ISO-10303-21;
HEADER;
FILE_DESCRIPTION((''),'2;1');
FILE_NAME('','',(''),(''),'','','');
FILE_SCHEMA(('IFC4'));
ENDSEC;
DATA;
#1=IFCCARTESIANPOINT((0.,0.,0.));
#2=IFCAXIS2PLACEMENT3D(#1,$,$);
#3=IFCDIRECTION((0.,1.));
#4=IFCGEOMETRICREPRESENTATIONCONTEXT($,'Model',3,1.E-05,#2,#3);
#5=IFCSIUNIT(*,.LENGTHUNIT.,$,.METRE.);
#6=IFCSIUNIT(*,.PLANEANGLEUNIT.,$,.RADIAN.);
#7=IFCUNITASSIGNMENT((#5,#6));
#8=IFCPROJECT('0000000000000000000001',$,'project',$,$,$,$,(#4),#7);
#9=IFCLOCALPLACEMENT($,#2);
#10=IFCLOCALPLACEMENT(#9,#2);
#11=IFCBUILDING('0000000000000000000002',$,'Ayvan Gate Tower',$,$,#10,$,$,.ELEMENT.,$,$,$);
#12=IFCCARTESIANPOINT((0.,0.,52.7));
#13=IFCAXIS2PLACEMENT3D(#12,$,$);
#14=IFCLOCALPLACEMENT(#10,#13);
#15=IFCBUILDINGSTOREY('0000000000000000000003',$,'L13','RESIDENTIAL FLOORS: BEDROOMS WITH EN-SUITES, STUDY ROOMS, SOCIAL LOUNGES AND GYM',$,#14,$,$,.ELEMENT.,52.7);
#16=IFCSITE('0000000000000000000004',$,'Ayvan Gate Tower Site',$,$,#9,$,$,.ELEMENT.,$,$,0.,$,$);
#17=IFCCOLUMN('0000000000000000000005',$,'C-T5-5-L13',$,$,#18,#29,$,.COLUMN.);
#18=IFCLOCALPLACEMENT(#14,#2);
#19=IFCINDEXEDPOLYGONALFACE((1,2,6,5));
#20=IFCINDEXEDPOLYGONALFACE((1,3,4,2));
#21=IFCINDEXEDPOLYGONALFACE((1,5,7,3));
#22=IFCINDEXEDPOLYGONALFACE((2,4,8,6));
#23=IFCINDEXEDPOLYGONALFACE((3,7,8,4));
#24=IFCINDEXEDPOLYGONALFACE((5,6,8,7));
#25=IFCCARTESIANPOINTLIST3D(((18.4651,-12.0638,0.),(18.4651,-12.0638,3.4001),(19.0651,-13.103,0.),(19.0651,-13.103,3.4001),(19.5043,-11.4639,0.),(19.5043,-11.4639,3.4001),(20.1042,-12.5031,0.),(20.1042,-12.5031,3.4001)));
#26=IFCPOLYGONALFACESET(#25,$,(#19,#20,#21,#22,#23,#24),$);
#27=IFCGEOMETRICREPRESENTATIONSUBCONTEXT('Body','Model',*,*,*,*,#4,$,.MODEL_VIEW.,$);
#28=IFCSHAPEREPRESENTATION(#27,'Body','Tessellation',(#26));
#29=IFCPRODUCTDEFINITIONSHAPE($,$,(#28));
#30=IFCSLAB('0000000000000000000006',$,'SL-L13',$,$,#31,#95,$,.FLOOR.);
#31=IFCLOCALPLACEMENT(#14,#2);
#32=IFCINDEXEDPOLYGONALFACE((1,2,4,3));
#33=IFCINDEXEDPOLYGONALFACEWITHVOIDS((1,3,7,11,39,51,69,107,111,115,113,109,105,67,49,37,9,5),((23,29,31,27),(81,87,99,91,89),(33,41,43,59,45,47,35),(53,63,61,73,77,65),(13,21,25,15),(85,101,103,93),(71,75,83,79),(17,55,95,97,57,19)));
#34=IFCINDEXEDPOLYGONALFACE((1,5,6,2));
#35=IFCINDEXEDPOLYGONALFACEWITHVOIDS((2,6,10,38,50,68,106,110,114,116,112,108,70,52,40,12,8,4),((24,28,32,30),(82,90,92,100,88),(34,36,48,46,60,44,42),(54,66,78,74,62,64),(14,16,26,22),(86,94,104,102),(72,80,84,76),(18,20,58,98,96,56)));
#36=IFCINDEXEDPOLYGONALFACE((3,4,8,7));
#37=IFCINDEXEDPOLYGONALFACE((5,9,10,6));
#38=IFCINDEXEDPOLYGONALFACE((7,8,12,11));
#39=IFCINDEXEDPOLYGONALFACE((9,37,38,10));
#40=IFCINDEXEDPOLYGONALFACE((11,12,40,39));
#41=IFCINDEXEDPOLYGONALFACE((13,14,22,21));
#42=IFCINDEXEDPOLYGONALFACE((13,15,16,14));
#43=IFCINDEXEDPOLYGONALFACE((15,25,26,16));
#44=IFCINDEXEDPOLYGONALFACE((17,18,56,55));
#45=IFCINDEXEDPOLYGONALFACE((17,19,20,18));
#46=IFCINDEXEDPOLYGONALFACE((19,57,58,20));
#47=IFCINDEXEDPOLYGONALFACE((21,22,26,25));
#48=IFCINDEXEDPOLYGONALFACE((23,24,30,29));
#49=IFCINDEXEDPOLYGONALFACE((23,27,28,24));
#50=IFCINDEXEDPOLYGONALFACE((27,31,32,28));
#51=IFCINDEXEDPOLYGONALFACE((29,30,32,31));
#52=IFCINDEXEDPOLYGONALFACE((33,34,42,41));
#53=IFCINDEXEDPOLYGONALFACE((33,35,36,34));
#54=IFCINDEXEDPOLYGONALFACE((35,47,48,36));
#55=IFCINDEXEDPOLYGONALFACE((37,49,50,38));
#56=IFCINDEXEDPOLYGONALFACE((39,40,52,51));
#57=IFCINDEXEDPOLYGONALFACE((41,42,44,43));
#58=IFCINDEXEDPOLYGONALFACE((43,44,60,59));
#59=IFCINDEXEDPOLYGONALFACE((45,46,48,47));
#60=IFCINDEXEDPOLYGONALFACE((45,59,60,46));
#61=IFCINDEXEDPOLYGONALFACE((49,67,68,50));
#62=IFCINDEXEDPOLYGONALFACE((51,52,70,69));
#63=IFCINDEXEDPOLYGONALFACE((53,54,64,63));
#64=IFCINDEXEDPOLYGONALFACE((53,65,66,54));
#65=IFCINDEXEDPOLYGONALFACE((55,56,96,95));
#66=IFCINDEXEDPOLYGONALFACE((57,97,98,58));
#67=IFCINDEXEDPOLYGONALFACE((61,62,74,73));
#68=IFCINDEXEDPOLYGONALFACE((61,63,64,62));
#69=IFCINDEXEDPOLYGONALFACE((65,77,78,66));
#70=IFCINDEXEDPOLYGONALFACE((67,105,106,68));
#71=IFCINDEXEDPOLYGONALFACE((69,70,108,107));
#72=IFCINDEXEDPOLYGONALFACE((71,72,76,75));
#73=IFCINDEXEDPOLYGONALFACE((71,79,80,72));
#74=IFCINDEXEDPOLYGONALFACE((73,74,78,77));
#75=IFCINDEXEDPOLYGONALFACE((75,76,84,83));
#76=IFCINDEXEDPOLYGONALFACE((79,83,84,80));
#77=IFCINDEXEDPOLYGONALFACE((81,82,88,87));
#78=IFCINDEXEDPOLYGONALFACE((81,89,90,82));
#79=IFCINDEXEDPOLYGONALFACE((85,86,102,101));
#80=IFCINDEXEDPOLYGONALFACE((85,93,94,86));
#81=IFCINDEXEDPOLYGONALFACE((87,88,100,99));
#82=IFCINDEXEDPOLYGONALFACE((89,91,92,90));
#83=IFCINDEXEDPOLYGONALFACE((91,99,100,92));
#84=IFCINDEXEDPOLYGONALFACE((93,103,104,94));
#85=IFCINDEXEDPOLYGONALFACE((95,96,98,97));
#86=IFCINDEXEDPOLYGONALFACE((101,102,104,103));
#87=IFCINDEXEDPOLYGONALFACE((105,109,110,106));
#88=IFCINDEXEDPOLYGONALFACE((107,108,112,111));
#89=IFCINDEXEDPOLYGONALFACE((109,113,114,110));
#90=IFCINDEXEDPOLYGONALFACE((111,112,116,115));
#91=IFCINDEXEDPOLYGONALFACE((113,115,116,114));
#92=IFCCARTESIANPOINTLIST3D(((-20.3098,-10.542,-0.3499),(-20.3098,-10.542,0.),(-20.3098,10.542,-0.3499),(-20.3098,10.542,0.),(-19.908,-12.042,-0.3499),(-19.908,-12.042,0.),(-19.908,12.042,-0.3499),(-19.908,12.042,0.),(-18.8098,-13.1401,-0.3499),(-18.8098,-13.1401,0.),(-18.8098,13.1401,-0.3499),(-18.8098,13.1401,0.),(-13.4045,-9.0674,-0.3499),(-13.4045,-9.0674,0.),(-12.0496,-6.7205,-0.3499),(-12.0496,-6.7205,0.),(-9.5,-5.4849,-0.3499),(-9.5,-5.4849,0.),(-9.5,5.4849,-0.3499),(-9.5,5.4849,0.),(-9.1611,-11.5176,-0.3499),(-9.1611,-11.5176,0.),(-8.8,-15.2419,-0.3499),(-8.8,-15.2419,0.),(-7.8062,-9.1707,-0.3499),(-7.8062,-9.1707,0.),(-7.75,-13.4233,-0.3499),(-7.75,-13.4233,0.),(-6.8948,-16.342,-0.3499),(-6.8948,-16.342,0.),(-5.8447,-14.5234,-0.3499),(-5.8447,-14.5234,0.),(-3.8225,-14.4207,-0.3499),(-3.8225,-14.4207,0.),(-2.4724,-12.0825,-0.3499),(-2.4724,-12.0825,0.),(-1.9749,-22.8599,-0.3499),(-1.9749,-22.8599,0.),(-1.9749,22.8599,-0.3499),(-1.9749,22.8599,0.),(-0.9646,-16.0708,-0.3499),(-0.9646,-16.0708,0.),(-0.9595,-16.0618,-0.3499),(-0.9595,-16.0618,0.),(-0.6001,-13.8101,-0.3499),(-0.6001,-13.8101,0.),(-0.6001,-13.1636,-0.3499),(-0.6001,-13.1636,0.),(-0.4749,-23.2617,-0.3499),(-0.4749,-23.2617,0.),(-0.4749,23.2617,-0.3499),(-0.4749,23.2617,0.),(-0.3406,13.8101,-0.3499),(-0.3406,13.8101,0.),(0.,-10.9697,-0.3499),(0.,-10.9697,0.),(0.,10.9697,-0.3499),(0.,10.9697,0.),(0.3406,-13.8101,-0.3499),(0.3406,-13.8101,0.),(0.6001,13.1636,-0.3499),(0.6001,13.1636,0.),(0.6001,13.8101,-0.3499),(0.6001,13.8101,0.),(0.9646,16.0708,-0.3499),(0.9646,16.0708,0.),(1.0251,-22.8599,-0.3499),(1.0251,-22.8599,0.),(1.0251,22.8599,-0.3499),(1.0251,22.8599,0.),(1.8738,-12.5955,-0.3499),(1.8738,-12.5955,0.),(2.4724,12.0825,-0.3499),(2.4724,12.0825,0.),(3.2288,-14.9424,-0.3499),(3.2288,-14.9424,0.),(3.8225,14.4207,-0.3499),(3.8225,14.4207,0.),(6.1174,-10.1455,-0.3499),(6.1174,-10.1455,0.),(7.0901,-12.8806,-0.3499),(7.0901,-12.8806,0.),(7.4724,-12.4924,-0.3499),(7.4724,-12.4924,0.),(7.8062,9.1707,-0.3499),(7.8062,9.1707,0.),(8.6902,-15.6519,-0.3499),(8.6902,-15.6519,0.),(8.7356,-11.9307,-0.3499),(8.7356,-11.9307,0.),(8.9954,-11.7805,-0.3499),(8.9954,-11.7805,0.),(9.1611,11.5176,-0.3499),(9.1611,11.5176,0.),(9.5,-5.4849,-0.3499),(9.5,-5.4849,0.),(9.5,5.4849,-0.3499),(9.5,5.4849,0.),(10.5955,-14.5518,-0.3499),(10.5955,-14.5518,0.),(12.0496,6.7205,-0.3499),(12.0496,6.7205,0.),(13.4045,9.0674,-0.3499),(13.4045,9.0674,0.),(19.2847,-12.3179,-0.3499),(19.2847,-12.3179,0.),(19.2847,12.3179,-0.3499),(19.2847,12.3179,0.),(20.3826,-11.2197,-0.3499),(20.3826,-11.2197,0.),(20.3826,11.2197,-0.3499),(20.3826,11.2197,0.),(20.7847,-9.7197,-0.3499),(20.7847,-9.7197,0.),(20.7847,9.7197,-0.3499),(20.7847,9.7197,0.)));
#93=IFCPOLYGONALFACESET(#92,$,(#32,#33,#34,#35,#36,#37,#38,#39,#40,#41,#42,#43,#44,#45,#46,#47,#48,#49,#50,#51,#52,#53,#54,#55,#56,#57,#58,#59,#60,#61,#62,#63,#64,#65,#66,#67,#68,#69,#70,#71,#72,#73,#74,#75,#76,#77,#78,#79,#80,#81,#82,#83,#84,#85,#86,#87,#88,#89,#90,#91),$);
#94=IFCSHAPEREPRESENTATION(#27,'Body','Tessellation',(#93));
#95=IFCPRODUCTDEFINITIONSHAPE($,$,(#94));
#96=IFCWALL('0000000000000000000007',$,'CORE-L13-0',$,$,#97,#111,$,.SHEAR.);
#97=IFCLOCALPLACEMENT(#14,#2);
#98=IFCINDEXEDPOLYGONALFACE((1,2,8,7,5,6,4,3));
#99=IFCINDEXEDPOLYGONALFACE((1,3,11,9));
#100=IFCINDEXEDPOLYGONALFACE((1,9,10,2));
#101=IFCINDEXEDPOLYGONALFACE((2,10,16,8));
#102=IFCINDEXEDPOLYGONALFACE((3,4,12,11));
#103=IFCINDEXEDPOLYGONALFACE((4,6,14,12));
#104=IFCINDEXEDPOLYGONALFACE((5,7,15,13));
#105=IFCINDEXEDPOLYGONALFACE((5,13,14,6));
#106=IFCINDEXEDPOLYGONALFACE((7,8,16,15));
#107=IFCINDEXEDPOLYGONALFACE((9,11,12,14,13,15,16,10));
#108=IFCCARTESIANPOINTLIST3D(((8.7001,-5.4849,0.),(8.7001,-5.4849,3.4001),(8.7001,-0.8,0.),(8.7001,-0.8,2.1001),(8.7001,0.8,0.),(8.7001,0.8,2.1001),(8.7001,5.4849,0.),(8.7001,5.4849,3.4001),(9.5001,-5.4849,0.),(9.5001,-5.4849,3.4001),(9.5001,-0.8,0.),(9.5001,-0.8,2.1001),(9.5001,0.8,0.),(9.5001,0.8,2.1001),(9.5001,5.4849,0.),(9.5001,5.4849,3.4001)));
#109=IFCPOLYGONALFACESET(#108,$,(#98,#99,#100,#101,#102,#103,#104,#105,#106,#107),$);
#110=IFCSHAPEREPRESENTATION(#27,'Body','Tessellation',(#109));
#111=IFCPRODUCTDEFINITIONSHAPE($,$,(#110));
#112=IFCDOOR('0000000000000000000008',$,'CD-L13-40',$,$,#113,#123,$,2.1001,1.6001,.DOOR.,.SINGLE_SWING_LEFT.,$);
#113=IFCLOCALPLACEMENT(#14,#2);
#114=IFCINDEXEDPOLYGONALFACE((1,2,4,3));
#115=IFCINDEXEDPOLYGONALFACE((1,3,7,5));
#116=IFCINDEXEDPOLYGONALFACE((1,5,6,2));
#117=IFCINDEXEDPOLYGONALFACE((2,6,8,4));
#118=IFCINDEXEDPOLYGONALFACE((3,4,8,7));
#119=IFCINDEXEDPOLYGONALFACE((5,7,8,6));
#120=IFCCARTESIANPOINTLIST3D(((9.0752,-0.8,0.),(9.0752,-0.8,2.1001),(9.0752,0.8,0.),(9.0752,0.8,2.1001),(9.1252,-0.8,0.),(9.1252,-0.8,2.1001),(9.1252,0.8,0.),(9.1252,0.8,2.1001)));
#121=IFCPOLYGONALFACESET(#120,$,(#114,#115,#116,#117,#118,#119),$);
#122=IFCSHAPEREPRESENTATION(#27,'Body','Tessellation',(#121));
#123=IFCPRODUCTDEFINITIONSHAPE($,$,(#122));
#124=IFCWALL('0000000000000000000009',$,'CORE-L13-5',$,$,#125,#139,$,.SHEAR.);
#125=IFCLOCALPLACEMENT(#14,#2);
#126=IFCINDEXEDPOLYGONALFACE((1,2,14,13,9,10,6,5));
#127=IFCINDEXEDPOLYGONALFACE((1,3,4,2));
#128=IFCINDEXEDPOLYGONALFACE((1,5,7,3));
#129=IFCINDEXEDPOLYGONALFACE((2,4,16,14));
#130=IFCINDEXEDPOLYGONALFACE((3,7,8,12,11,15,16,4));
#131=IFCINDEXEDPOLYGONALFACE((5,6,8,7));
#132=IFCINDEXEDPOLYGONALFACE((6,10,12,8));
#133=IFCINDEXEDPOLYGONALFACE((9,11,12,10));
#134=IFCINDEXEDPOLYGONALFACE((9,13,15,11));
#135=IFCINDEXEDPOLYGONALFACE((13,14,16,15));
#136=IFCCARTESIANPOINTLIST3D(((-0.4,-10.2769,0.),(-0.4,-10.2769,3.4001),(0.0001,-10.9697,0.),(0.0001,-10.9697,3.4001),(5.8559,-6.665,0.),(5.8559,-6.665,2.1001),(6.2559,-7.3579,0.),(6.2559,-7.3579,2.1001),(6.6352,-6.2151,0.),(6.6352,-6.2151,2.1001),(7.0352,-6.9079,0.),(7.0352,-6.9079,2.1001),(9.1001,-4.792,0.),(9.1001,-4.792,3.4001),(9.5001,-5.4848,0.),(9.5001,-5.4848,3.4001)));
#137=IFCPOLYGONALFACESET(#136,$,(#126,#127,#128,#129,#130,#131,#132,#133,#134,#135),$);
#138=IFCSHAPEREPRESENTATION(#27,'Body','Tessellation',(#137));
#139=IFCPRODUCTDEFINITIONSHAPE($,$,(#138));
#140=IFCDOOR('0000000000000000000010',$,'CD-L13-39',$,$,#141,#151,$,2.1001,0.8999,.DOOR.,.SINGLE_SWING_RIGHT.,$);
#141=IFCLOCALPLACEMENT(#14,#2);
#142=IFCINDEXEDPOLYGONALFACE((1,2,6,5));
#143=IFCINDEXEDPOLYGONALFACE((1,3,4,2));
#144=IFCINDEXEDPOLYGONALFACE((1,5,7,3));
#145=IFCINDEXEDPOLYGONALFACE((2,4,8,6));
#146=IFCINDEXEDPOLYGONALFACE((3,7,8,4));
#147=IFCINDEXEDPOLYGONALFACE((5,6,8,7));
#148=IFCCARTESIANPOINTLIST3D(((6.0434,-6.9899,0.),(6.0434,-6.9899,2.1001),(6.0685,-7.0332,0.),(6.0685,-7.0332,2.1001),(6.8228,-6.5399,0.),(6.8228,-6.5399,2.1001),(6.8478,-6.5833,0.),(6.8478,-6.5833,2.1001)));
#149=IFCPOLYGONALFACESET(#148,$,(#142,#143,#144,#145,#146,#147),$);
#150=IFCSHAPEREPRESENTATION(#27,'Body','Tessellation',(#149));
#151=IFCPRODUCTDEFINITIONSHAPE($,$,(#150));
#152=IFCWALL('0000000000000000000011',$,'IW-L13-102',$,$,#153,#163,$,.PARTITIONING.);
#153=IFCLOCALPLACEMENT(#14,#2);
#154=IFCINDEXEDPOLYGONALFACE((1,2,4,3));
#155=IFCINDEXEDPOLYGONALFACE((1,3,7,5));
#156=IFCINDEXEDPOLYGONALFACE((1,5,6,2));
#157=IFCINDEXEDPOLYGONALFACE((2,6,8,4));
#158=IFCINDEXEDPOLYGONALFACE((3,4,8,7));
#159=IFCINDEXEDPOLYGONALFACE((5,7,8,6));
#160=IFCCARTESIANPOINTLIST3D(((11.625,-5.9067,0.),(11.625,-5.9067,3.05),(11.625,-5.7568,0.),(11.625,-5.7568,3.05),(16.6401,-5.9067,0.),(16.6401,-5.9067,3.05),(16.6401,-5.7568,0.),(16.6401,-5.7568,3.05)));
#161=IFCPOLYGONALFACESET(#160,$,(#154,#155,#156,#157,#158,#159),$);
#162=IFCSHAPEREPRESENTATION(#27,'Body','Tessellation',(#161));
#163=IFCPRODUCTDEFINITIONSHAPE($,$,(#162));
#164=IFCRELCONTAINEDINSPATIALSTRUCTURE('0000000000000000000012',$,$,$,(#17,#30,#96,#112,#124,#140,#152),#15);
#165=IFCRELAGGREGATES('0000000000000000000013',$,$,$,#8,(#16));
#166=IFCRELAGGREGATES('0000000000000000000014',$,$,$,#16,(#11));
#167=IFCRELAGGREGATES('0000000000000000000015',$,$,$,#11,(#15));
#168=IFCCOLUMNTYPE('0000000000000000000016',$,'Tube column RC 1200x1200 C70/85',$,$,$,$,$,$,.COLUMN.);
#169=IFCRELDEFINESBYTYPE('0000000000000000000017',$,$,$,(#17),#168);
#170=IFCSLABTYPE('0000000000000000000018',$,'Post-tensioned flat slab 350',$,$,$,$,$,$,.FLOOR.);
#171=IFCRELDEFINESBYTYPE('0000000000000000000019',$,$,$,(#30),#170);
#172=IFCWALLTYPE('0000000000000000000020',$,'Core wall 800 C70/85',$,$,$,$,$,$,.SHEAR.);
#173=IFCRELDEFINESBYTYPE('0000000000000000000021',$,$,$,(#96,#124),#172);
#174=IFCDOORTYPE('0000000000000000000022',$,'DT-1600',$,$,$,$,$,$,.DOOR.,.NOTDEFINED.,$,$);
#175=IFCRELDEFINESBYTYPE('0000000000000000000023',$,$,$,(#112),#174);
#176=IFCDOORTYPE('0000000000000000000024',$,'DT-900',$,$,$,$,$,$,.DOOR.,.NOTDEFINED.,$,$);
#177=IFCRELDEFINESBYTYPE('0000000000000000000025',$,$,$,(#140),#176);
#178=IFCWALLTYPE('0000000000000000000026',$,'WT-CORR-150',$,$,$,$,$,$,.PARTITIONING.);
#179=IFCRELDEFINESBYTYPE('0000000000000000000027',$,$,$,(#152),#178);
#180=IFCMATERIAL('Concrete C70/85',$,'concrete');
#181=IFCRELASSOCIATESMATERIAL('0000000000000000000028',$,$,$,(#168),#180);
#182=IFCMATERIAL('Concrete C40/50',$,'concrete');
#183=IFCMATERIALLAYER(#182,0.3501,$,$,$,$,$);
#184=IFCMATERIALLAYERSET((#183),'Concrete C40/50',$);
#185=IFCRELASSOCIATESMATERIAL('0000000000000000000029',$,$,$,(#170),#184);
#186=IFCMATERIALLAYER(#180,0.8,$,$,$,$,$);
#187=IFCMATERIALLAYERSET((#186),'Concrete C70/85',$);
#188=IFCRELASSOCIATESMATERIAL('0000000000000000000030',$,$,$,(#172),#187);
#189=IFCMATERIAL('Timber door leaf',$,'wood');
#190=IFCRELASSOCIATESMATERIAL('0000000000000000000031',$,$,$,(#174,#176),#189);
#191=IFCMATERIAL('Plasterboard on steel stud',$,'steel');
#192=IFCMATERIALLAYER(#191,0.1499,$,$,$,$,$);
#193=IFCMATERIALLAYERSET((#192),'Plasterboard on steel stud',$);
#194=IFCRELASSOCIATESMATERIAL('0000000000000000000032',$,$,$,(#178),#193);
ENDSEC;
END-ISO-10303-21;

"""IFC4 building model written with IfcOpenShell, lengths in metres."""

from ifc_helpers import new_model, si_unit, direction, frame, frame_2d, origin, origin_2d, place, context, subcontext, project, spatial, polyline, rectangle, outline, extrude, material, layer, layer_set, material_profile, profile_set, type_object, element, fill, save


model = new_model("IFC4")

# Units and contexts
model_context = context("Model", 3, precision=1e-05, world=origin(), true_north=direction((0.0, 1.0)))
body_context = subcontext(model_context, "Body", "Model", "MODEL_VIEW")
ifc_project = project(units=[si_unit("LENGTHUNIT", "METRE"), si_unit("PLANEANGLEUNIT", "RADIAN")], contexts=[model_context])

# Site, building, storey
site_placement = place(None, origin())
site = spatial("IfcSite", under=ifc_project, at=site_placement, Name="Ayvan Gate Tower Site", CompositionType="ELEMENT", RefElevation=0.0)
building_placement = place(site_placement, origin())
building = spatial("IfcBuilding", under=site, at=building_placement, Name="Ayvan Gate Tower", CompositionType="ELEMENT")
storey_placement = place(building_placement, frame((0.0, 0.0, 52.7)))
storey = spatial("IfcBuildingStorey", under=building, at=storey_placement, Name="L13", Description="RESIDENTIAL FLOORS: BEDROOMS WITH EN-SUITES, STUDY ROOMS, SOCIAL LOUNGES AND GYM", CompositionType="ELEMENT", Elevation=52.7)

# Column
ifc_material_1 = material(Name="Concrete C70/85", Category="concrete")
ifc_material_profile = material_profile(ifc_material_1, rectangle(XDim=1.2, YDim=1.2, at=origin_2d()), Name="RC 1200x1200")
ifc_profile_set = profile_set([ifc_material_profile], Name="Concrete C70/85")
column_type = type_object("IfcColumnType", Name="Tube column RC 1200x1200 C70/85", PredefinedType="COLUMN", material=ifc_profile_set)
column_placement = place(storey_placement, frame((19.2847, -12.2834, 0.0), z_axis=(0.0, 0.0, 1.0), x_axis=(0.5, -0.866025, 0.0)))
element("IfcColumn", 1, at=column_placement, inside=storey, type_object=column_type, Name="C-T5-5-L13", PredefinedType="COLUMN", context=body_context, shape_type="SweptSolid", body=[
    extrude(rectangle(XDim=1.2, YDim=1.2, at=origin_2d()), origin(), (0.0, 0.0, 1.0), 3.4001),
])

# Slab
ifc_material_2 = material(Name="Concrete C40/50", Category="concrete")
ifc_layer_1 = layer(ifc_material_2, 0.3501)
ifc_layer_set_1 = layer_set([ifc_layer_1], Name="Concrete C40/50")
slab_type = type_object("IfcSlabType", Name="Post-tensioned flat slab 350", PredefinedType="FLOOR", material=ifc_layer_set_1)
slab_placement = place(storey_placement, frame((0.0, 0.0, -0.3499)))
element("IfcSlab", 2, at=slab_placement, inside=storey, type_object=slab_type, Name="SL-L13", PredefinedType="FLOOR", context=body_context, shape_type="SweptSolid", body=[
    extrude(outline(polyline([(-1.9749, -22.8599), (-18.8098, -13.1401), (-19.908, -12.042), (-20.3098, -10.542), (-20.3098, 10.542), (-19.908, 12.042), (-18.8098, 13.1401), (-1.9749, 22.8599), (-0.4749, 23.2617), (1.0251, 22.8599), (19.2847, 12.3179), (20.3826, 11.2197), (20.7847, 9.7197), (20.7847, -9.7197), (20.3826, -11.2197), (19.2847, -12.3179), (1.0251, -22.8599), (-0.4749, -23.2617), (-1.9749, -22.8599)]), holes=[polyline([(9.1611, 11.5176), (7.8062, 9.1707), (12.0496, 6.7205), (13.4045, 9.0674), (9.1611, 11.5176)]), polyline([(10.5955, -14.5518), (8.9954, -11.7805), (8.7356, -11.9307), (7.0901, -12.8806), (8.6902, -15.6519), (10.5955, -14.5518)]), polyline([(-9.5, 5.4849), (-9.5, -5.4849), (0.0, -10.9697), (9.5, -5.4849), (9.5, 5.4849), (0.0, 10.9697), (-9.5, 5.4849)]), polyline([(7.4724, -12.4924), (6.1174, -10.1455), (1.8738, -12.5955), (3.2288, -14.9424), (7.4724, -12.4924)]), polyline([(3.8225, 14.4207), (0.9646, 16.0708), (-0.3406, 13.8101), (0.6001, 13.8101), (0.6001, 13.1636), (2.4724, 12.0825), (3.8225, 14.4207)]), polyline([(-0.6001, -13.8101), (-0.6001, -13.1636), (-2.4724, -12.0825), (-3.8225, -14.4207), (-0.9646, -16.0708), (-0.9595, -16.0618), (0.3406, -13.8101), (-0.6001, -13.8101)]), polyline([(-8.8, -15.2419), (-6.8948, -16.342), (-5.8447, -14.5234), (-7.75, -13.4233), (-8.8, -15.2419)]), polyline([(-12.0496, -6.7205), (-13.4045, -9.0674), (-9.1611, -11.5176), (-7.8062, -9.1707), (-12.0496, -6.7205)])]), origin(), (0.0, 0.0, 1.0), 0.3499),
])

# Walls, openings, doors
ifc_layer_2 = layer(ifc_material_1, 0.8)
ifc_layer_set_2 = layer_set([ifc_layer_2], Name="Concrete C70/85")
wall_type_1 = type_object("IfcWallType", Name="Core wall 800 C70/85", PredefinedType="SHEAR", material=ifc_layer_set_2)
wall_1_placement = place(storey_placement, frame((9.1001, -5.4849, 0.0), z_axis=(0.0, 0.0, 1.0), x_axis=(0.0, 1.0, 0.0)))
wall_1 = element("IfcWall", 3, at=wall_1_placement, inside=storey, type_object=wall_type_1, Name="CORE-L13-0", PredefinedType="SHEAR", context=body_context, shape_type="SweptSolid", body=[
    extrude(rectangle(XDim=10.9697, YDim=0.8, at=frame_2d((5.4849, 0.0))), origin(), (0.0, 0.0, 1.0), 3.4001),
])
opening_1_placement = place(wall_1_placement, frame((4.6848, 0.0, 0.0)))
opening_1 = element("IfcOpeningElement", 4, at=opening_1_placement, cuts=wall_1, PredefinedType="OPENING", context=body_context, shape_type="SweptSolid", body=[
    extrude(rectangle(XDim=1.6001, YDim=2.1001, at=frame_2d((0.8, 1.05))), frame((0.0, 0.4099, 0.0), z_axis=(0.0, -1.0, 0.0), x_axis=(1.0, 0.0, 0.0)), (0.0, 0.0, 1.0), 0.8201),
])
ifc_material_3 = material(Name="Timber door leaf", Category="wood")
door_type_1 = type_object("IfcDoorType", Name="DT-1600", OperationType="NOTDEFINED", PredefinedType="DOOR", material=ifc_material_3)
door_1_placement = place(opening_1_placement, origin())
door_1 = element("IfcDoor", 5, at=door_1_placement, inside=storey, type_object=door_type_1, Name="CD-L13-40", OperationType="SINGLE_SWING_LEFT", OverallHeight=2.1001, OverallWidth=1.6001, PredefinedType="DOOR", context=body_context, shape_type="SweptSolid", body=[
    extrude(rectangle(XDim=1.6001, YDim=2.1001, at=frame_2d((0.8, 1.05))), frame((0.0, 0.0249, 0.0), z_axis=(0.0, -1.0, 0.0), x_axis=(1.0, 0.0, 0.0)), (0.0, 0.0, 1.0), 0.05),
])
fill(opening_1, door_1)
wall_2_placement = place(storey_placement, frame((-0.2, -10.6233, 0.0), z_axis=(0.0, 0.0, 1.0), x_axis=(0.866024, 0.500002, 0.0)))
wall_2 = element("IfcWall", 6, at=wall_2_placement, inside=storey, type_object=wall_type_1, Name="CORE-L13-5", PredefinedType="SHEAR", context=body_context, shape_type="SweptSolid", body=[
    extrude(rectangle(XDim=10.9697, YDim=0.8, at=frame_2d((5.4849, 0.0))), origin(), (0.0, 0.0, 1.0), 3.4001),
])
opening_2_placement = place(wall_2_placement, frame((7.2236, 0.0, 0.0)))
opening_2 = element("IfcOpeningElement", 7, at=opening_2_placement, cuts=wall_2, PredefinedType="OPENING", context=body_context, shape_type="SweptSolid", body=[
    extrude(rectangle(XDim=0.8999, YDim=2.1001, at=frame_2d((0.45, 1.05))), frame((0.0, 0.4099, 0.0), z_axis=(0.0, -1.0, 0.0), x_axis=(1.0, 0.0, 0.0)), (0.0, 0.0, 1.0), 0.8201),
])
door_type_2 = type_object("IfcDoorType", Name="DT-900", OperationType="NOTDEFINED", PredefinedType="DOOR", material=ifc_material_3)
door_2_placement = place(opening_2_placement, origin())
door_2 = element("IfcDoor", 8, at=door_2_placement, inside=storey, type_object=door_type_2, Name="CD-L13-39", OperationType="SINGLE_SWING_RIGHT", OverallHeight=2.1001, OverallWidth=0.8999, PredefinedType="DOOR", context=body_context, shape_type="SweptSolid", body=[
    extrude(rectangle(XDim=0.8999, YDim=2.1001, at=frame_2d((0.45, 1.05))), frame((0.0, 0.0249, 0.0), z_axis=(0.0, -1.0, 0.0), x_axis=(1.0, 0.0, 0.0)), (0.0, 0.0, 1.0), 0.05),
])
fill(opening_2, door_2)

# Wall
ifc_material_4 = material(Name="Plasterboard on steel stud", Category="steel")
ifc_layer_3 = layer(ifc_material_4, 0.1499)
ifc_layer_set_3 = layer_set([ifc_layer_3], Name="Plasterboard on steel stud")
wall_type_2 = type_object("IfcWallType", Name="WT-CORR-150", PredefinedType="PARTITIONING", material=ifc_layer_set_3)
wall_3_placement = place(storey_placement, frame((11.625, -5.8318, 0.0), z_axis=(0.0, 0.0, 1.0), x_axis=(1.0, 0.0, 0.0)))
element("IfcWall", 9, at=wall_3_placement, inside=storey, type_object=wall_type_2, Name="IW-L13-102", PredefinedType="PARTITIONING", context=body_context, shape_type="SweptSolid", body=[
    extrude(rectangle(XDim=5.0151, YDim=0.1499, at=frame_2d((2.5076, 0.0))), origin(), (0.0, 0.0, 1.0), 3.05),
])

save(model, "model.ifc")
